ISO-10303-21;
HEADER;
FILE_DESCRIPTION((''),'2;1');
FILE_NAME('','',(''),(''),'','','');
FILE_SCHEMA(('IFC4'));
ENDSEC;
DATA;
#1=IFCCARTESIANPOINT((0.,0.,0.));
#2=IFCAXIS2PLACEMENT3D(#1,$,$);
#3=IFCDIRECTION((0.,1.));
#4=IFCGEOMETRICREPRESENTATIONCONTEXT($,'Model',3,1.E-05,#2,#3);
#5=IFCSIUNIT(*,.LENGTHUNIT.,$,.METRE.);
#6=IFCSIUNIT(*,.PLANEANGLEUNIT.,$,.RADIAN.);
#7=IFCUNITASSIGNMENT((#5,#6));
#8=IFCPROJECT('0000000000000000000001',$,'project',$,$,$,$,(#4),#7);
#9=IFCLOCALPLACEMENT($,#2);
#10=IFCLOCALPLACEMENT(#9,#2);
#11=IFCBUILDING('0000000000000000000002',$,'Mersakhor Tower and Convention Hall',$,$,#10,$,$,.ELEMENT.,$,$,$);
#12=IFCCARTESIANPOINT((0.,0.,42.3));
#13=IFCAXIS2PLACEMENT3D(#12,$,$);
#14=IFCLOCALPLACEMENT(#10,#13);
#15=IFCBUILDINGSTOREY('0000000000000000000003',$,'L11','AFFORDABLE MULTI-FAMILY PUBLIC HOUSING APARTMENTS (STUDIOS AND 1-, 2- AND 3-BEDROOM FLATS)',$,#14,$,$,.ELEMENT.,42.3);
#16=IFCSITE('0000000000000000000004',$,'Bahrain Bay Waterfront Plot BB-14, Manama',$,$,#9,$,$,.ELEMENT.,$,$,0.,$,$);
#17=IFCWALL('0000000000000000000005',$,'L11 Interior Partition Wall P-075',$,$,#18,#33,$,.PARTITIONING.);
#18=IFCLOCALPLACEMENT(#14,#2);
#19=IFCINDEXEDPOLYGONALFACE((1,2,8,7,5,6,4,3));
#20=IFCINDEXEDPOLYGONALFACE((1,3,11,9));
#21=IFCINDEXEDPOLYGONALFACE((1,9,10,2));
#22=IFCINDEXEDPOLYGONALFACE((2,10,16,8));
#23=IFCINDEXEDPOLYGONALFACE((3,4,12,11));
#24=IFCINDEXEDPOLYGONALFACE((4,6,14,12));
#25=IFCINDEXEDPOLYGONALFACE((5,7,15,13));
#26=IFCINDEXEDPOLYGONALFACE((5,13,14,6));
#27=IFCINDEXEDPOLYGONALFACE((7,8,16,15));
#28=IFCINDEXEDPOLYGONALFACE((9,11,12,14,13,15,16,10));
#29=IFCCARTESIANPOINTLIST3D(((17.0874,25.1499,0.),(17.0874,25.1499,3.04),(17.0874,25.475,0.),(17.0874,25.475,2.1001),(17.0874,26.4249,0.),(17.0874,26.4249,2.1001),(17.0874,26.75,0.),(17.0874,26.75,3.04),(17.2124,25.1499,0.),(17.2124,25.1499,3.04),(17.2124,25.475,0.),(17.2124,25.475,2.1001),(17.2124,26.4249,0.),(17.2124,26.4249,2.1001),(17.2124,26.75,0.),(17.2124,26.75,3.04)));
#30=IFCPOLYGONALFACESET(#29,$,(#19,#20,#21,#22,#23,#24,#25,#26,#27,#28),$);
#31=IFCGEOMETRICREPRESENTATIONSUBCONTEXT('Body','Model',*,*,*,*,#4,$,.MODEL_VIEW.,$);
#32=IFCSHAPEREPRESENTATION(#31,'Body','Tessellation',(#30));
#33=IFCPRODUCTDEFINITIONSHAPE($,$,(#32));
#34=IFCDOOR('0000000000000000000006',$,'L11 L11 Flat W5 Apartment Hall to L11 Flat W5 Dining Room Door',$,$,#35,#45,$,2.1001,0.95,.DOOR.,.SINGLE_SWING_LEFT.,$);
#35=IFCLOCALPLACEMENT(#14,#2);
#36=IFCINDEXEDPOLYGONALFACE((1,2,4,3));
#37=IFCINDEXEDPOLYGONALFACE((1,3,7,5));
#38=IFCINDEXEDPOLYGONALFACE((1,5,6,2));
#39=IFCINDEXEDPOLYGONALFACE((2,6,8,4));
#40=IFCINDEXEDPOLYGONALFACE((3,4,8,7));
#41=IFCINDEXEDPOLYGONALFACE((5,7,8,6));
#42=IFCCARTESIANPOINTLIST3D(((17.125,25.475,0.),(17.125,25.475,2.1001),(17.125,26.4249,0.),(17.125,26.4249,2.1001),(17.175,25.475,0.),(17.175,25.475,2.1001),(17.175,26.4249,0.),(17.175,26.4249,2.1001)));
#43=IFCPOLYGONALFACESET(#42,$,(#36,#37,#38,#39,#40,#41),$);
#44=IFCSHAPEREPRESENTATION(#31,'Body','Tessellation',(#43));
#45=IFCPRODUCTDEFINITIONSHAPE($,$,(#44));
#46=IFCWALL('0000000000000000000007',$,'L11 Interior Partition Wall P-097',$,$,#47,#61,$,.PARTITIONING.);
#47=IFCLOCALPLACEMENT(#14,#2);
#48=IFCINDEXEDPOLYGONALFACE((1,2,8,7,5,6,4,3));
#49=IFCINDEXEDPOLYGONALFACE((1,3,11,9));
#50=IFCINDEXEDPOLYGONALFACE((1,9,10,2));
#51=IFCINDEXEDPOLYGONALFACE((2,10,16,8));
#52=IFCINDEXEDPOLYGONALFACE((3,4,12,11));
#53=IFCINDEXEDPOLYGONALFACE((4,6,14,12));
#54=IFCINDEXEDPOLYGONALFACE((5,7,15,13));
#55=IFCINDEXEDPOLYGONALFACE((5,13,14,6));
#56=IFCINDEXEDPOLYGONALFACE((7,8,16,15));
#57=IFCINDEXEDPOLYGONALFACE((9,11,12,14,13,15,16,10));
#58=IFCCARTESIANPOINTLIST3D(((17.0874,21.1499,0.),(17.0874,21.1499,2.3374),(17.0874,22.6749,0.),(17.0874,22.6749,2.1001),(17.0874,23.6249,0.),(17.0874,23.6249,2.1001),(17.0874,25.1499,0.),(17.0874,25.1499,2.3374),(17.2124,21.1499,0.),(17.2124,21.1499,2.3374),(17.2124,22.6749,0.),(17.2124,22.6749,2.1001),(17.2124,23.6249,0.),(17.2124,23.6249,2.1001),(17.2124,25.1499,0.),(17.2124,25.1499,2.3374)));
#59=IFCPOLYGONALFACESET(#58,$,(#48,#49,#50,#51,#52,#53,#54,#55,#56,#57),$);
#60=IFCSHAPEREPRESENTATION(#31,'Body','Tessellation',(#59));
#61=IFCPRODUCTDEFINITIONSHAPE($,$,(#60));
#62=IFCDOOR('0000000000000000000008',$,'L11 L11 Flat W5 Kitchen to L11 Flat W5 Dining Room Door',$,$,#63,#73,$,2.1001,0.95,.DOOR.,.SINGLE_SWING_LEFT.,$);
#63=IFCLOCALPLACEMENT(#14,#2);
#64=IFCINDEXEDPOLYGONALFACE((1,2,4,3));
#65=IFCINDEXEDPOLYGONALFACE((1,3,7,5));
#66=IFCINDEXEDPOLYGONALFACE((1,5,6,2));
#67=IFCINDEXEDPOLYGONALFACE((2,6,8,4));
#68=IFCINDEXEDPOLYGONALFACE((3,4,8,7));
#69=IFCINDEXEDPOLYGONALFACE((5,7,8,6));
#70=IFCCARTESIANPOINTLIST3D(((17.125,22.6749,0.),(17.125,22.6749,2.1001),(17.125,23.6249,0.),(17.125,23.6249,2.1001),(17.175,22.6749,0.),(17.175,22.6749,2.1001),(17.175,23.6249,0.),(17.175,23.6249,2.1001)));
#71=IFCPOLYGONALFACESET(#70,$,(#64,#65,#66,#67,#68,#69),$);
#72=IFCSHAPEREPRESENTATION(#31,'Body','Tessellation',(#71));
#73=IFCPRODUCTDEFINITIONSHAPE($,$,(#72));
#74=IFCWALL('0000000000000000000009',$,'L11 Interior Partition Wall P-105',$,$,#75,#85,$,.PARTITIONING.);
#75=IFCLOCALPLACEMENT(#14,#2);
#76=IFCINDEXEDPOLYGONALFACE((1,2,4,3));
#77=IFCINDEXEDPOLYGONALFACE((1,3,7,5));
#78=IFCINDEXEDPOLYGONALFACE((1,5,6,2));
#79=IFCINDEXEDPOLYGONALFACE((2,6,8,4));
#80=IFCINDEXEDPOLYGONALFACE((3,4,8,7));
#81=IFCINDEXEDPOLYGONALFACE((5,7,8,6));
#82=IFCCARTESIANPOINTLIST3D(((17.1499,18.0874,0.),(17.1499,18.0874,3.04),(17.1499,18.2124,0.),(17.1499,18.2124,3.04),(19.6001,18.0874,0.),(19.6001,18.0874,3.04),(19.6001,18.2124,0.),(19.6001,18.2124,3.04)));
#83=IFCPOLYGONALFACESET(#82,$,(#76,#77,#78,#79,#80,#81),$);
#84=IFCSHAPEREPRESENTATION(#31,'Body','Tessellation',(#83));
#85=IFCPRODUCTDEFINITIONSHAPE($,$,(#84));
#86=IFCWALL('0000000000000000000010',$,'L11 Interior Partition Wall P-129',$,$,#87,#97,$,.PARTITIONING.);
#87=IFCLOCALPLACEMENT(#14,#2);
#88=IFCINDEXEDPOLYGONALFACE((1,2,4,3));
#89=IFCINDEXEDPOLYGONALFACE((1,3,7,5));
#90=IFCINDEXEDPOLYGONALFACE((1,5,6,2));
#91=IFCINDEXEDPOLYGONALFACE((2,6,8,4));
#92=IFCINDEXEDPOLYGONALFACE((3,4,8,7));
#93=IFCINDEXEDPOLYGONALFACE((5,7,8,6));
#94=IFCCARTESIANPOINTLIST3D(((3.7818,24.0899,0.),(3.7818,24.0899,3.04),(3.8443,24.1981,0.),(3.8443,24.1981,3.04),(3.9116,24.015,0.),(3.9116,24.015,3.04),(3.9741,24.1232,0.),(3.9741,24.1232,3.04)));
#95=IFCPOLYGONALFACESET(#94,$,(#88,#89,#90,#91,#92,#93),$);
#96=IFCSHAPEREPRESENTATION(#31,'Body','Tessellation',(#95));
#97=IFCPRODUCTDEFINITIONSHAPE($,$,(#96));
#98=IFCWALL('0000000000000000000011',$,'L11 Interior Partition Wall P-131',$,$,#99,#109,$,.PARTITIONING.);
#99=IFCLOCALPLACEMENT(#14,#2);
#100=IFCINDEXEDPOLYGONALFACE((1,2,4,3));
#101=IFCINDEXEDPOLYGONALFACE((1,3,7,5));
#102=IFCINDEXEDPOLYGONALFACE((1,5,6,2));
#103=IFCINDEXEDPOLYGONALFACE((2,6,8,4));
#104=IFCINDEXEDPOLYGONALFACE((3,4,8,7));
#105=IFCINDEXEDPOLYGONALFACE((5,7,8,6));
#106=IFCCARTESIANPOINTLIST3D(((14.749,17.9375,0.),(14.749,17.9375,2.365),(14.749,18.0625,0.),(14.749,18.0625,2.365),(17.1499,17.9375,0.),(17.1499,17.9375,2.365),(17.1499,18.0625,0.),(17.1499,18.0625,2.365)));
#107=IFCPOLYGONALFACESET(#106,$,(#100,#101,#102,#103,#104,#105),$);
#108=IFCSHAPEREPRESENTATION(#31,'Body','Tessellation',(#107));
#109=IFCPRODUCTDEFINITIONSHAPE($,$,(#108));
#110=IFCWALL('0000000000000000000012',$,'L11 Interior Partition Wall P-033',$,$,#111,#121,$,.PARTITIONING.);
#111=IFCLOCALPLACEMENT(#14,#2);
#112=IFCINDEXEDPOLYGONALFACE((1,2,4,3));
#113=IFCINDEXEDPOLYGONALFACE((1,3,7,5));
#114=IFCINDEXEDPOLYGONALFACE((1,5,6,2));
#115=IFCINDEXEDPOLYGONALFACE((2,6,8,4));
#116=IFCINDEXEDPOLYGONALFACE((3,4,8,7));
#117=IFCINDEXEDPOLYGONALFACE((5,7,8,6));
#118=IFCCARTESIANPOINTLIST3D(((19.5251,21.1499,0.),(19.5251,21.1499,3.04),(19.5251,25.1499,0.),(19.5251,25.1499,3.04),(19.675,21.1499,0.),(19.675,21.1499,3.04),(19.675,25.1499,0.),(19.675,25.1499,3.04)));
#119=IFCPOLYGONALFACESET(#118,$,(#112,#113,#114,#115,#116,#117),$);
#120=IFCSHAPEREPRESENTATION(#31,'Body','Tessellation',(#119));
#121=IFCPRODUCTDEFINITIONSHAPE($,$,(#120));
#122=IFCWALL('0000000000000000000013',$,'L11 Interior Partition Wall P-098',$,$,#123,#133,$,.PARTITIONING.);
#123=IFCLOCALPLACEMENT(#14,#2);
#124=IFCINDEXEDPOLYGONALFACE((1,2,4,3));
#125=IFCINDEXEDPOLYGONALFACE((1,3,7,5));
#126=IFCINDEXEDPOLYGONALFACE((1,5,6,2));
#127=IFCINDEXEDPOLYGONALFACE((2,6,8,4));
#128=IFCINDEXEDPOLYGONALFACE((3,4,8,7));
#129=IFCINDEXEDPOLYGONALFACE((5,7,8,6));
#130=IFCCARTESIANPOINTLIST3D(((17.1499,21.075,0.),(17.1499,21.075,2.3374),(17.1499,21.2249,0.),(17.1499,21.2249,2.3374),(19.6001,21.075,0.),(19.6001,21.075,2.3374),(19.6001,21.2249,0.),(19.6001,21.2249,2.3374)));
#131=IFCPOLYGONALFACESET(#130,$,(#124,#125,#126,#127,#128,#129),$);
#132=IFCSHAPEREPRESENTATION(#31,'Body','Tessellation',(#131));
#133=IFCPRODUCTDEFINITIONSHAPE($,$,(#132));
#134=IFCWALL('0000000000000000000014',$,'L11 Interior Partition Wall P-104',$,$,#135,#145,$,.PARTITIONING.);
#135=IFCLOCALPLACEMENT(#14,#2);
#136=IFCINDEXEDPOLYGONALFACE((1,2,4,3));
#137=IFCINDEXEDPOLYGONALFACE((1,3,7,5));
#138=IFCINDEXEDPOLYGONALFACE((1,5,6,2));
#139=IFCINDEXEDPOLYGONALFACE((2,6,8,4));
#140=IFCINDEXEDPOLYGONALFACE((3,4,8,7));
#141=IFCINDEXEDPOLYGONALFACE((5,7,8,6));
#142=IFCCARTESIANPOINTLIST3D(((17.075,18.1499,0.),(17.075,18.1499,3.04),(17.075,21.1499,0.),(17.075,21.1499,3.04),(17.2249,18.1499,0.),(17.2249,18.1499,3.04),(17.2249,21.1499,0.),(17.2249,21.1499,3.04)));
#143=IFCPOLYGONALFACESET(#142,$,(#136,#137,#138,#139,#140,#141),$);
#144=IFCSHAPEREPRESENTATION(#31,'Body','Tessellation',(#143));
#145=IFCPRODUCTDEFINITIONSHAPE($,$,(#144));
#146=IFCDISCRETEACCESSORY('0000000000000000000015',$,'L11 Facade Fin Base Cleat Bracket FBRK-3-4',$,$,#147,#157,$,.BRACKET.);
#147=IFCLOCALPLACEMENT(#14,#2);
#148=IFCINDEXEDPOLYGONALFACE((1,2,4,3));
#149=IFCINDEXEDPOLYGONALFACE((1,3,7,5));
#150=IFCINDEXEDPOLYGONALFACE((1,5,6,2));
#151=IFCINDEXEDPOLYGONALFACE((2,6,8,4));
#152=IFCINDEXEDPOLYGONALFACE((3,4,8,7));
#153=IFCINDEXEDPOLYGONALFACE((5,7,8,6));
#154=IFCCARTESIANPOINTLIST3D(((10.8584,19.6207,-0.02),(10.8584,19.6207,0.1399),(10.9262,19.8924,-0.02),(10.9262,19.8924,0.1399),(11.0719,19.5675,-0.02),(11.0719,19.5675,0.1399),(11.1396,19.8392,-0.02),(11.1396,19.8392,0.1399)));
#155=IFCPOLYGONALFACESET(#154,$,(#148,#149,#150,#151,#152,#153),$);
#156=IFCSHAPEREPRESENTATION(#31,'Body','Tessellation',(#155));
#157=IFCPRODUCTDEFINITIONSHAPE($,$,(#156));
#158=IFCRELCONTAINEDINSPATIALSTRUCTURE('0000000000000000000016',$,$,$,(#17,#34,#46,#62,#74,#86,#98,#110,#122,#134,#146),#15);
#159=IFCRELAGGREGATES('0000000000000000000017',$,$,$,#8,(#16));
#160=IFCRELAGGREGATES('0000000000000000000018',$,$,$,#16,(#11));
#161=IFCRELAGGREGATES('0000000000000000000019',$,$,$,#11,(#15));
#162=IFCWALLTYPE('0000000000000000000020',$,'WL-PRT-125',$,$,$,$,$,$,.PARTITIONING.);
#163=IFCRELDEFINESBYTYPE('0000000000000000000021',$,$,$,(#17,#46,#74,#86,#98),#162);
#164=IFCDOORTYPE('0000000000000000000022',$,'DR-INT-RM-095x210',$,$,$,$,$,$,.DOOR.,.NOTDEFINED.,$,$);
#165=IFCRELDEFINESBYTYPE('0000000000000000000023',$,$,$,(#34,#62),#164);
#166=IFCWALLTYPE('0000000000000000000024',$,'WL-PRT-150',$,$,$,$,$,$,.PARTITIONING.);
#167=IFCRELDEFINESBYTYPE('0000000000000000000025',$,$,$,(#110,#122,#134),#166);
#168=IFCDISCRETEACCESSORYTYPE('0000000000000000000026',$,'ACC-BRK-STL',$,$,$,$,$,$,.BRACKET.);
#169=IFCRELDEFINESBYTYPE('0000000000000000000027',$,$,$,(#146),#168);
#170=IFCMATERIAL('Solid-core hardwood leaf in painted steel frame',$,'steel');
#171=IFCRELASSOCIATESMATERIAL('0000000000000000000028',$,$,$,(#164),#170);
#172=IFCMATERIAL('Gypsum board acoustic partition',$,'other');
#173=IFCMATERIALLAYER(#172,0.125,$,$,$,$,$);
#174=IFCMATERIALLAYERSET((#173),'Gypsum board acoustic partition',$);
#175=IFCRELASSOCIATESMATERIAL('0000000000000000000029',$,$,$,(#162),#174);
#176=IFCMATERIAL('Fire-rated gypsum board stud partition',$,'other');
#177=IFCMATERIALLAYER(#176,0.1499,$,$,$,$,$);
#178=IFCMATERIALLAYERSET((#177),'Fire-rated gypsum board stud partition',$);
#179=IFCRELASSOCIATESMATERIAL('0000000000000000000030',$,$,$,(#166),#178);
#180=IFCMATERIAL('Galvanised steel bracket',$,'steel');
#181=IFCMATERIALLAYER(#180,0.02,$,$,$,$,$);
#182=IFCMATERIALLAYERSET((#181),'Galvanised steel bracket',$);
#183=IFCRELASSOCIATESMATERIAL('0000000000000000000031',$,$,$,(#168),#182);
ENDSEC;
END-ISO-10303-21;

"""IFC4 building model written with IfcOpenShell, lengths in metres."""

from ifc_helpers import new_model, si_unit, direction, frame, frame_2d, origin, origin_2d, place, context, subcontext, project, spatial, rectangle, extrude, material, layer, layer_set, type_object, element, fill, save


model = new_model("IFC4")

# Units and contexts
model_context = context("Model", 3, precision=1e-05, world=origin(), true_north=direction((0.0, 1.0)))
body_context = subcontext(model_context, "Body", "Model", "MODEL_VIEW")
ifc_project = project(units=[si_unit("LENGTHUNIT", "METRE"), si_unit("PLANEANGLEUNIT", "RADIAN")], contexts=[model_context])

# Site, building, storey
site_placement = place(None, origin())
site = spatial("IfcSite", under=ifc_project, at=site_placement, Name="Bahrain Bay Waterfront Plot BB-14, Manama", CompositionType="ELEMENT", RefElevation=0.0)
building_placement = place(site_placement, origin())
building = spatial("IfcBuilding", under=site, at=building_placement, Name="Mersakhor Tower and Convention Hall", CompositionType="ELEMENT")
storey_placement = place(building_placement, frame((0.0, 0.0, 42.3)))
storey = spatial("IfcBuildingStorey", under=building, at=storey_placement, Name="L11", Description="AFFORDABLE MULTI-FAMILY PUBLIC HOUSING APARTMENTS (STUDIOS AND 1-, 2- AND 3-BEDROOM FLATS)", CompositionType="ELEMENT", Elevation=42.3)

# Shared definitions
ifc_material_1 = material(Name="Solid-core hardwood leaf in painted steel frame", Category="steel")
door_type_1 = type_object("IfcDoorType", Name="DR-INT-RM-095x210", OperationType="NOTDEFINED", PredefinedType="DOOR", material=ifc_material_1)

# Walls, openings, doors
ifc_material_2 = material(Name="Gypsum board acoustic partition", Category="other")
ifc_layer_1 = layer(ifc_material_2, 0.125)
ifc_layer_set_1 = layer_set([ifc_layer_1], Name="Gypsum board acoustic partition")
wall_type_1 = type_object("IfcWallType", Name="WL-PRT-125", PredefinedType="PARTITIONING", material=ifc_layer_set_1)
wall_1_placement = place(storey_placement, frame((17.1499, 25.1499, 0.0), z_axis=(0.0, 0.0, 1.0), x_axis=(0.0, 1.0, 0.0)))
wall_1 = element("IfcWall", 1, at=wall_1_placement, inside=storey, type_object=wall_type_1, Name="L11 Interior Partition Wall P-075", PredefinedType="PARTITIONING", context=body_context, shape_type="SweptSolid", body=[
    extrude(rectangle(XDim=1.6001, YDim=0.125, at=frame_2d((0.8, 0.0))), origin(), (0.0, 0.0, 1.0), 3.04),
])
opening_1_placement = place(wall_1_placement, frame((0.325, 0.0, 0.0)))
opening_1 = element("IfcOpeningElement", 2, at=opening_1_placement, cuts=wall_1, PredefinedType="OPENING", context=body_context, shape_type="SweptSolid", body=[
    extrude(rectangle(XDim=0.95, YDim=2.1001, at=frame_2d((0.4751, 1.05))), frame((0.0, 0.0725, 0.0), z_axis=(0.0, -1.0, 0.0), x_axis=(1.0, 0.0, 0.0)), (0.0, 0.0, 1.0), 0.145),
])
door_1_placement = place(opening_1_placement, origin())
door_1 = element("IfcDoor", 3, at=door_1_placement, inside=storey, type_object=door_type_1, Name="L11 L11 Flat W5 Apartment Hall to L11 Flat W5 Dining Room Door", OperationType="SINGLE_SWING_LEFT", OverallHeight=2.1001, OverallWidth=0.95, PredefinedType="DOOR", context=body_context, shape_type="SweptSolid", body=[
    extrude(rectangle(XDim=0.95, YDim=2.1001, at=frame_2d((0.4751, 1.05))), frame((0.0, 0.0249, 0.0), z_axis=(0.0, -1.0, 0.0), x_axis=(1.0, 0.0, 0.0)), (0.0, 0.0, 1.0), 0.05),
])
fill(opening_1, door_1)
wall_2_placement = place(storey_placement, frame((17.1499, 21.1499, 0.0), z_axis=(0.0, 0.0, 1.0), x_axis=(0.0, 1.0, 0.0)))
wall_2 = element("IfcWall", 4, at=wall_2_placement, inside=storey, type_object=wall_type_1, Name="L11 Interior Partition Wall P-097", PredefinedType="PARTITIONING", context=body_context, shape_type="SweptSolid", body=[
    extrude(rectangle(XDim=4.0, YDim=0.125, at=frame_2d((2.0, 0.0))), origin(), (0.0, 0.0, 1.0), 2.3374),
])
opening_2_placement = place(wall_2_placement, frame((1.5249, 0.0, 0.0)))
opening_2 = element("IfcOpeningElement", 5, at=opening_2_placement, cuts=wall_2, PredefinedType="OPENING", context=body_context, shape_type="SweptSolid", body=[
    extrude(rectangle(XDim=0.95, YDim=2.1001, at=frame_2d((0.4751, 1.05))), frame((0.0, 0.0725, 0.0), z_axis=(0.0, -1.0, 0.0), x_axis=(1.0, 0.0, 0.0)), (0.0, 0.0, 1.0), 0.145),
])
door_2_placement = place(opening_2_placement, origin())
door_2 = element("IfcDoor", 6, at=door_2_placement, inside=storey, type_object=door_type_1, Name="L11 L11 Flat W5 Kitchen to L11 Flat W5 Dining Room Door", OperationType="SINGLE_SWING_LEFT", OverallHeight=2.1001, OverallWidth=0.95, PredefinedType="DOOR", context=body_context, shape_type="SweptSolid", body=[
    extrude(rectangle(XDim=0.95, YDim=2.1001, at=frame_2d((0.4751, 1.05))), frame((0.0, 0.0249, 0.0), z_axis=(0.0, -1.0, 0.0), x_axis=(1.0, 0.0, 0.0)), (0.0, 0.0, 1.0), 0.05),
])
fill(opening_2, door_2)

# Walls
wall_3_placement = place(storey_placement, frame((19.6001, 18.1499, 0.0), z_axis=(0.0, 0.0, 1.0), x_axis=(-1.0, 0.0, 0.0)))
element("IfcWall", 7, at=wall_3_placement, inside=storey, type_object=wall_type_1, Name="L11 Interior Partition Wall P-105", PredefinedType="PARTITIONING", context=body_context, shape_type="SweptSolid", body=[
    extrude(rectangle(XDim=2.4502, YDim=0.125, at=frame_2d((1.2251, 0.0))), origin(), (0.0, 0.0, 1.0), 3.04),
])
wall_4_placement = place(storey_placement, frame((3.9429, 24.0691, 0.0), z_axis=(0.0, 0.0, 1.0), x_axis=(-0.866131, 0.499816, 0.0)))
element("IfcWall", 8, at=wall_4_placement, inside=storey, type_object=wall_type_1, Name="L11 Interior Partition Wall P-129", PredefinedType="PARTITIONING", context=body_context, shape_type="SweptSolid", body=[
    extrude(rectangle(XDim=0.1499, YDim=0.125, at=frame_2d((0.075, 0.0))), origin(), (0.0, 0.0, 1.0), 3.04),
])
wall_5_placement = place(storey_placement, frame((17.1499, 18.0, 0.0), z_axis=(0.0, 0.0, 1.0), x_axis=(-1.0, 0.0, 0.0)))
element("IfcWall", 9, at=wall_5_placement, inside=storey, type_object=wall_type_1, Name="L11 Interior Partition Wall P-131", PredefinedType="PARTITIONING", context=body_context, shape_type="SweptSolid", body=[
    extrude(rectangle(XDim=2.4009, YDim=0.125, at=frame_2d((1.2004, 0.0))), origin(), (0.0, 0.0, 1.0), 2.365),
])

# Shared definitions
ifc_material_3 = material(Name="Fire-rated gypsum board stud partition", Category="other")
ifc_layer_2 = layer(ifc_material_3, 0.1499)
ifc_layer_set_2 = layer_set([ifc_layer_2], Name="Fire-rated gypsum board stud partition")
wall_type_2 = type_object("IfcWallType", Name="WL-PRT-150", PredefinedType="PARTITIONING", material=ifc_layer_set_2)

# Wall
wall_6_placement = place(storey_placement, frame((19.6001, 21.1499, 0.0), z_axis=(0.0, 0.0, 1.0), x_axis=(0.0, 1.0, 0.0)))
element("IfcWall", 10, at=wall_6_placement, inside=storey, type_object=wall_type_2, Name="L11 Interior Partition Wall P-033", PredefinedType="PARTITIONING", context=body_context, shape_type="SweptSolid", body=[
    extrude(rectangle(XDim=4.0, YDim=0.1499, at=frame_2d((2.0, 0.0))), origin(), (0.0, 0.0, 1.0), 3.04),
])

# Walls
wall_7_placement = place(storey_placement, frame((19.6001, 21.1499, 0.0), z_axis=(0.0, 0.0, 1.0), x_axis=(-1.0, 0.0, 0.0)))
element("IfcWall", 11, at=wall_7_placement, inside=storey, type_object=wall_type_2, Name="L11 Interior Partition Wall P-098", PredefinedType="PARTITIONING", context=body_context, shape_type="SweptSolid", body=[
    extrude(rectangle(XDim=2.4502, YDim=0.1499, at=frame_2d((1.2251, 0.0))), origin(), (0.0, 0.0, 1.0), 2.3374),
])
wall_8_placement = place(storey_placement, frame((17.1499, 18.1499, 0.0), z_axis=(0.0, 0.0, 1.0), x_axis=(0.0, 1.0, 0.0)))
element("IfcWall", 12, at=wall_8_placement, inside=storey, type_object=wall_type_2, Name="L11 Interior Partition Wall P-104", PredefinedType="PARTITIONING", context=body_context, shape_type="SweptSolid", body=[
    extrude(rectangle(XDim=3.0, YDim=0.1499, at=frame_2d((1.5, 0.0))), origin(), (0.0, 0.0, 1.0), 3.04),
])

# Discrete accessory
ifc_material_4 = material(Name="Galvanised steel bracket", Category="steel")
ifc_layer_3 = layer(ifc_material_4, 0.02)
ifc_layer_set_3 = layer_set([ifc_layer_3], Name="Galvanised steel bracket")
discrete_accessory_type = type_object("IfcDiscreteAccessoryType", Name="ACC-BRK-STL", PredefinedType="BRACKET", material=ifc_layer_set_3)
discrete_accessory_placement = place(storey_placement, frame((10.999, 19.73, -0.02), z_axis=(0.0, 0.0, 1.0), x_axis=(-0.241922, -0.970296, 0.0)))
element("IfcDiscreteAccessory", 13, at=discrete_accessory_placement, inside=storey, type_object=discrete_accessory_type, Name="L11 Facade Fin Base Cleat Bracket FBRK-3-4", PredefinedType="BRACKET", context=body_context, shape_type="SweptSolid", body=[
    extrude(rectangle(XDim=0.28, YDim=0.22, at=origin_2d()), origin(), (0.0, 0.0, 1.0), 0.1599),
])

save(model, "model.ifc")
